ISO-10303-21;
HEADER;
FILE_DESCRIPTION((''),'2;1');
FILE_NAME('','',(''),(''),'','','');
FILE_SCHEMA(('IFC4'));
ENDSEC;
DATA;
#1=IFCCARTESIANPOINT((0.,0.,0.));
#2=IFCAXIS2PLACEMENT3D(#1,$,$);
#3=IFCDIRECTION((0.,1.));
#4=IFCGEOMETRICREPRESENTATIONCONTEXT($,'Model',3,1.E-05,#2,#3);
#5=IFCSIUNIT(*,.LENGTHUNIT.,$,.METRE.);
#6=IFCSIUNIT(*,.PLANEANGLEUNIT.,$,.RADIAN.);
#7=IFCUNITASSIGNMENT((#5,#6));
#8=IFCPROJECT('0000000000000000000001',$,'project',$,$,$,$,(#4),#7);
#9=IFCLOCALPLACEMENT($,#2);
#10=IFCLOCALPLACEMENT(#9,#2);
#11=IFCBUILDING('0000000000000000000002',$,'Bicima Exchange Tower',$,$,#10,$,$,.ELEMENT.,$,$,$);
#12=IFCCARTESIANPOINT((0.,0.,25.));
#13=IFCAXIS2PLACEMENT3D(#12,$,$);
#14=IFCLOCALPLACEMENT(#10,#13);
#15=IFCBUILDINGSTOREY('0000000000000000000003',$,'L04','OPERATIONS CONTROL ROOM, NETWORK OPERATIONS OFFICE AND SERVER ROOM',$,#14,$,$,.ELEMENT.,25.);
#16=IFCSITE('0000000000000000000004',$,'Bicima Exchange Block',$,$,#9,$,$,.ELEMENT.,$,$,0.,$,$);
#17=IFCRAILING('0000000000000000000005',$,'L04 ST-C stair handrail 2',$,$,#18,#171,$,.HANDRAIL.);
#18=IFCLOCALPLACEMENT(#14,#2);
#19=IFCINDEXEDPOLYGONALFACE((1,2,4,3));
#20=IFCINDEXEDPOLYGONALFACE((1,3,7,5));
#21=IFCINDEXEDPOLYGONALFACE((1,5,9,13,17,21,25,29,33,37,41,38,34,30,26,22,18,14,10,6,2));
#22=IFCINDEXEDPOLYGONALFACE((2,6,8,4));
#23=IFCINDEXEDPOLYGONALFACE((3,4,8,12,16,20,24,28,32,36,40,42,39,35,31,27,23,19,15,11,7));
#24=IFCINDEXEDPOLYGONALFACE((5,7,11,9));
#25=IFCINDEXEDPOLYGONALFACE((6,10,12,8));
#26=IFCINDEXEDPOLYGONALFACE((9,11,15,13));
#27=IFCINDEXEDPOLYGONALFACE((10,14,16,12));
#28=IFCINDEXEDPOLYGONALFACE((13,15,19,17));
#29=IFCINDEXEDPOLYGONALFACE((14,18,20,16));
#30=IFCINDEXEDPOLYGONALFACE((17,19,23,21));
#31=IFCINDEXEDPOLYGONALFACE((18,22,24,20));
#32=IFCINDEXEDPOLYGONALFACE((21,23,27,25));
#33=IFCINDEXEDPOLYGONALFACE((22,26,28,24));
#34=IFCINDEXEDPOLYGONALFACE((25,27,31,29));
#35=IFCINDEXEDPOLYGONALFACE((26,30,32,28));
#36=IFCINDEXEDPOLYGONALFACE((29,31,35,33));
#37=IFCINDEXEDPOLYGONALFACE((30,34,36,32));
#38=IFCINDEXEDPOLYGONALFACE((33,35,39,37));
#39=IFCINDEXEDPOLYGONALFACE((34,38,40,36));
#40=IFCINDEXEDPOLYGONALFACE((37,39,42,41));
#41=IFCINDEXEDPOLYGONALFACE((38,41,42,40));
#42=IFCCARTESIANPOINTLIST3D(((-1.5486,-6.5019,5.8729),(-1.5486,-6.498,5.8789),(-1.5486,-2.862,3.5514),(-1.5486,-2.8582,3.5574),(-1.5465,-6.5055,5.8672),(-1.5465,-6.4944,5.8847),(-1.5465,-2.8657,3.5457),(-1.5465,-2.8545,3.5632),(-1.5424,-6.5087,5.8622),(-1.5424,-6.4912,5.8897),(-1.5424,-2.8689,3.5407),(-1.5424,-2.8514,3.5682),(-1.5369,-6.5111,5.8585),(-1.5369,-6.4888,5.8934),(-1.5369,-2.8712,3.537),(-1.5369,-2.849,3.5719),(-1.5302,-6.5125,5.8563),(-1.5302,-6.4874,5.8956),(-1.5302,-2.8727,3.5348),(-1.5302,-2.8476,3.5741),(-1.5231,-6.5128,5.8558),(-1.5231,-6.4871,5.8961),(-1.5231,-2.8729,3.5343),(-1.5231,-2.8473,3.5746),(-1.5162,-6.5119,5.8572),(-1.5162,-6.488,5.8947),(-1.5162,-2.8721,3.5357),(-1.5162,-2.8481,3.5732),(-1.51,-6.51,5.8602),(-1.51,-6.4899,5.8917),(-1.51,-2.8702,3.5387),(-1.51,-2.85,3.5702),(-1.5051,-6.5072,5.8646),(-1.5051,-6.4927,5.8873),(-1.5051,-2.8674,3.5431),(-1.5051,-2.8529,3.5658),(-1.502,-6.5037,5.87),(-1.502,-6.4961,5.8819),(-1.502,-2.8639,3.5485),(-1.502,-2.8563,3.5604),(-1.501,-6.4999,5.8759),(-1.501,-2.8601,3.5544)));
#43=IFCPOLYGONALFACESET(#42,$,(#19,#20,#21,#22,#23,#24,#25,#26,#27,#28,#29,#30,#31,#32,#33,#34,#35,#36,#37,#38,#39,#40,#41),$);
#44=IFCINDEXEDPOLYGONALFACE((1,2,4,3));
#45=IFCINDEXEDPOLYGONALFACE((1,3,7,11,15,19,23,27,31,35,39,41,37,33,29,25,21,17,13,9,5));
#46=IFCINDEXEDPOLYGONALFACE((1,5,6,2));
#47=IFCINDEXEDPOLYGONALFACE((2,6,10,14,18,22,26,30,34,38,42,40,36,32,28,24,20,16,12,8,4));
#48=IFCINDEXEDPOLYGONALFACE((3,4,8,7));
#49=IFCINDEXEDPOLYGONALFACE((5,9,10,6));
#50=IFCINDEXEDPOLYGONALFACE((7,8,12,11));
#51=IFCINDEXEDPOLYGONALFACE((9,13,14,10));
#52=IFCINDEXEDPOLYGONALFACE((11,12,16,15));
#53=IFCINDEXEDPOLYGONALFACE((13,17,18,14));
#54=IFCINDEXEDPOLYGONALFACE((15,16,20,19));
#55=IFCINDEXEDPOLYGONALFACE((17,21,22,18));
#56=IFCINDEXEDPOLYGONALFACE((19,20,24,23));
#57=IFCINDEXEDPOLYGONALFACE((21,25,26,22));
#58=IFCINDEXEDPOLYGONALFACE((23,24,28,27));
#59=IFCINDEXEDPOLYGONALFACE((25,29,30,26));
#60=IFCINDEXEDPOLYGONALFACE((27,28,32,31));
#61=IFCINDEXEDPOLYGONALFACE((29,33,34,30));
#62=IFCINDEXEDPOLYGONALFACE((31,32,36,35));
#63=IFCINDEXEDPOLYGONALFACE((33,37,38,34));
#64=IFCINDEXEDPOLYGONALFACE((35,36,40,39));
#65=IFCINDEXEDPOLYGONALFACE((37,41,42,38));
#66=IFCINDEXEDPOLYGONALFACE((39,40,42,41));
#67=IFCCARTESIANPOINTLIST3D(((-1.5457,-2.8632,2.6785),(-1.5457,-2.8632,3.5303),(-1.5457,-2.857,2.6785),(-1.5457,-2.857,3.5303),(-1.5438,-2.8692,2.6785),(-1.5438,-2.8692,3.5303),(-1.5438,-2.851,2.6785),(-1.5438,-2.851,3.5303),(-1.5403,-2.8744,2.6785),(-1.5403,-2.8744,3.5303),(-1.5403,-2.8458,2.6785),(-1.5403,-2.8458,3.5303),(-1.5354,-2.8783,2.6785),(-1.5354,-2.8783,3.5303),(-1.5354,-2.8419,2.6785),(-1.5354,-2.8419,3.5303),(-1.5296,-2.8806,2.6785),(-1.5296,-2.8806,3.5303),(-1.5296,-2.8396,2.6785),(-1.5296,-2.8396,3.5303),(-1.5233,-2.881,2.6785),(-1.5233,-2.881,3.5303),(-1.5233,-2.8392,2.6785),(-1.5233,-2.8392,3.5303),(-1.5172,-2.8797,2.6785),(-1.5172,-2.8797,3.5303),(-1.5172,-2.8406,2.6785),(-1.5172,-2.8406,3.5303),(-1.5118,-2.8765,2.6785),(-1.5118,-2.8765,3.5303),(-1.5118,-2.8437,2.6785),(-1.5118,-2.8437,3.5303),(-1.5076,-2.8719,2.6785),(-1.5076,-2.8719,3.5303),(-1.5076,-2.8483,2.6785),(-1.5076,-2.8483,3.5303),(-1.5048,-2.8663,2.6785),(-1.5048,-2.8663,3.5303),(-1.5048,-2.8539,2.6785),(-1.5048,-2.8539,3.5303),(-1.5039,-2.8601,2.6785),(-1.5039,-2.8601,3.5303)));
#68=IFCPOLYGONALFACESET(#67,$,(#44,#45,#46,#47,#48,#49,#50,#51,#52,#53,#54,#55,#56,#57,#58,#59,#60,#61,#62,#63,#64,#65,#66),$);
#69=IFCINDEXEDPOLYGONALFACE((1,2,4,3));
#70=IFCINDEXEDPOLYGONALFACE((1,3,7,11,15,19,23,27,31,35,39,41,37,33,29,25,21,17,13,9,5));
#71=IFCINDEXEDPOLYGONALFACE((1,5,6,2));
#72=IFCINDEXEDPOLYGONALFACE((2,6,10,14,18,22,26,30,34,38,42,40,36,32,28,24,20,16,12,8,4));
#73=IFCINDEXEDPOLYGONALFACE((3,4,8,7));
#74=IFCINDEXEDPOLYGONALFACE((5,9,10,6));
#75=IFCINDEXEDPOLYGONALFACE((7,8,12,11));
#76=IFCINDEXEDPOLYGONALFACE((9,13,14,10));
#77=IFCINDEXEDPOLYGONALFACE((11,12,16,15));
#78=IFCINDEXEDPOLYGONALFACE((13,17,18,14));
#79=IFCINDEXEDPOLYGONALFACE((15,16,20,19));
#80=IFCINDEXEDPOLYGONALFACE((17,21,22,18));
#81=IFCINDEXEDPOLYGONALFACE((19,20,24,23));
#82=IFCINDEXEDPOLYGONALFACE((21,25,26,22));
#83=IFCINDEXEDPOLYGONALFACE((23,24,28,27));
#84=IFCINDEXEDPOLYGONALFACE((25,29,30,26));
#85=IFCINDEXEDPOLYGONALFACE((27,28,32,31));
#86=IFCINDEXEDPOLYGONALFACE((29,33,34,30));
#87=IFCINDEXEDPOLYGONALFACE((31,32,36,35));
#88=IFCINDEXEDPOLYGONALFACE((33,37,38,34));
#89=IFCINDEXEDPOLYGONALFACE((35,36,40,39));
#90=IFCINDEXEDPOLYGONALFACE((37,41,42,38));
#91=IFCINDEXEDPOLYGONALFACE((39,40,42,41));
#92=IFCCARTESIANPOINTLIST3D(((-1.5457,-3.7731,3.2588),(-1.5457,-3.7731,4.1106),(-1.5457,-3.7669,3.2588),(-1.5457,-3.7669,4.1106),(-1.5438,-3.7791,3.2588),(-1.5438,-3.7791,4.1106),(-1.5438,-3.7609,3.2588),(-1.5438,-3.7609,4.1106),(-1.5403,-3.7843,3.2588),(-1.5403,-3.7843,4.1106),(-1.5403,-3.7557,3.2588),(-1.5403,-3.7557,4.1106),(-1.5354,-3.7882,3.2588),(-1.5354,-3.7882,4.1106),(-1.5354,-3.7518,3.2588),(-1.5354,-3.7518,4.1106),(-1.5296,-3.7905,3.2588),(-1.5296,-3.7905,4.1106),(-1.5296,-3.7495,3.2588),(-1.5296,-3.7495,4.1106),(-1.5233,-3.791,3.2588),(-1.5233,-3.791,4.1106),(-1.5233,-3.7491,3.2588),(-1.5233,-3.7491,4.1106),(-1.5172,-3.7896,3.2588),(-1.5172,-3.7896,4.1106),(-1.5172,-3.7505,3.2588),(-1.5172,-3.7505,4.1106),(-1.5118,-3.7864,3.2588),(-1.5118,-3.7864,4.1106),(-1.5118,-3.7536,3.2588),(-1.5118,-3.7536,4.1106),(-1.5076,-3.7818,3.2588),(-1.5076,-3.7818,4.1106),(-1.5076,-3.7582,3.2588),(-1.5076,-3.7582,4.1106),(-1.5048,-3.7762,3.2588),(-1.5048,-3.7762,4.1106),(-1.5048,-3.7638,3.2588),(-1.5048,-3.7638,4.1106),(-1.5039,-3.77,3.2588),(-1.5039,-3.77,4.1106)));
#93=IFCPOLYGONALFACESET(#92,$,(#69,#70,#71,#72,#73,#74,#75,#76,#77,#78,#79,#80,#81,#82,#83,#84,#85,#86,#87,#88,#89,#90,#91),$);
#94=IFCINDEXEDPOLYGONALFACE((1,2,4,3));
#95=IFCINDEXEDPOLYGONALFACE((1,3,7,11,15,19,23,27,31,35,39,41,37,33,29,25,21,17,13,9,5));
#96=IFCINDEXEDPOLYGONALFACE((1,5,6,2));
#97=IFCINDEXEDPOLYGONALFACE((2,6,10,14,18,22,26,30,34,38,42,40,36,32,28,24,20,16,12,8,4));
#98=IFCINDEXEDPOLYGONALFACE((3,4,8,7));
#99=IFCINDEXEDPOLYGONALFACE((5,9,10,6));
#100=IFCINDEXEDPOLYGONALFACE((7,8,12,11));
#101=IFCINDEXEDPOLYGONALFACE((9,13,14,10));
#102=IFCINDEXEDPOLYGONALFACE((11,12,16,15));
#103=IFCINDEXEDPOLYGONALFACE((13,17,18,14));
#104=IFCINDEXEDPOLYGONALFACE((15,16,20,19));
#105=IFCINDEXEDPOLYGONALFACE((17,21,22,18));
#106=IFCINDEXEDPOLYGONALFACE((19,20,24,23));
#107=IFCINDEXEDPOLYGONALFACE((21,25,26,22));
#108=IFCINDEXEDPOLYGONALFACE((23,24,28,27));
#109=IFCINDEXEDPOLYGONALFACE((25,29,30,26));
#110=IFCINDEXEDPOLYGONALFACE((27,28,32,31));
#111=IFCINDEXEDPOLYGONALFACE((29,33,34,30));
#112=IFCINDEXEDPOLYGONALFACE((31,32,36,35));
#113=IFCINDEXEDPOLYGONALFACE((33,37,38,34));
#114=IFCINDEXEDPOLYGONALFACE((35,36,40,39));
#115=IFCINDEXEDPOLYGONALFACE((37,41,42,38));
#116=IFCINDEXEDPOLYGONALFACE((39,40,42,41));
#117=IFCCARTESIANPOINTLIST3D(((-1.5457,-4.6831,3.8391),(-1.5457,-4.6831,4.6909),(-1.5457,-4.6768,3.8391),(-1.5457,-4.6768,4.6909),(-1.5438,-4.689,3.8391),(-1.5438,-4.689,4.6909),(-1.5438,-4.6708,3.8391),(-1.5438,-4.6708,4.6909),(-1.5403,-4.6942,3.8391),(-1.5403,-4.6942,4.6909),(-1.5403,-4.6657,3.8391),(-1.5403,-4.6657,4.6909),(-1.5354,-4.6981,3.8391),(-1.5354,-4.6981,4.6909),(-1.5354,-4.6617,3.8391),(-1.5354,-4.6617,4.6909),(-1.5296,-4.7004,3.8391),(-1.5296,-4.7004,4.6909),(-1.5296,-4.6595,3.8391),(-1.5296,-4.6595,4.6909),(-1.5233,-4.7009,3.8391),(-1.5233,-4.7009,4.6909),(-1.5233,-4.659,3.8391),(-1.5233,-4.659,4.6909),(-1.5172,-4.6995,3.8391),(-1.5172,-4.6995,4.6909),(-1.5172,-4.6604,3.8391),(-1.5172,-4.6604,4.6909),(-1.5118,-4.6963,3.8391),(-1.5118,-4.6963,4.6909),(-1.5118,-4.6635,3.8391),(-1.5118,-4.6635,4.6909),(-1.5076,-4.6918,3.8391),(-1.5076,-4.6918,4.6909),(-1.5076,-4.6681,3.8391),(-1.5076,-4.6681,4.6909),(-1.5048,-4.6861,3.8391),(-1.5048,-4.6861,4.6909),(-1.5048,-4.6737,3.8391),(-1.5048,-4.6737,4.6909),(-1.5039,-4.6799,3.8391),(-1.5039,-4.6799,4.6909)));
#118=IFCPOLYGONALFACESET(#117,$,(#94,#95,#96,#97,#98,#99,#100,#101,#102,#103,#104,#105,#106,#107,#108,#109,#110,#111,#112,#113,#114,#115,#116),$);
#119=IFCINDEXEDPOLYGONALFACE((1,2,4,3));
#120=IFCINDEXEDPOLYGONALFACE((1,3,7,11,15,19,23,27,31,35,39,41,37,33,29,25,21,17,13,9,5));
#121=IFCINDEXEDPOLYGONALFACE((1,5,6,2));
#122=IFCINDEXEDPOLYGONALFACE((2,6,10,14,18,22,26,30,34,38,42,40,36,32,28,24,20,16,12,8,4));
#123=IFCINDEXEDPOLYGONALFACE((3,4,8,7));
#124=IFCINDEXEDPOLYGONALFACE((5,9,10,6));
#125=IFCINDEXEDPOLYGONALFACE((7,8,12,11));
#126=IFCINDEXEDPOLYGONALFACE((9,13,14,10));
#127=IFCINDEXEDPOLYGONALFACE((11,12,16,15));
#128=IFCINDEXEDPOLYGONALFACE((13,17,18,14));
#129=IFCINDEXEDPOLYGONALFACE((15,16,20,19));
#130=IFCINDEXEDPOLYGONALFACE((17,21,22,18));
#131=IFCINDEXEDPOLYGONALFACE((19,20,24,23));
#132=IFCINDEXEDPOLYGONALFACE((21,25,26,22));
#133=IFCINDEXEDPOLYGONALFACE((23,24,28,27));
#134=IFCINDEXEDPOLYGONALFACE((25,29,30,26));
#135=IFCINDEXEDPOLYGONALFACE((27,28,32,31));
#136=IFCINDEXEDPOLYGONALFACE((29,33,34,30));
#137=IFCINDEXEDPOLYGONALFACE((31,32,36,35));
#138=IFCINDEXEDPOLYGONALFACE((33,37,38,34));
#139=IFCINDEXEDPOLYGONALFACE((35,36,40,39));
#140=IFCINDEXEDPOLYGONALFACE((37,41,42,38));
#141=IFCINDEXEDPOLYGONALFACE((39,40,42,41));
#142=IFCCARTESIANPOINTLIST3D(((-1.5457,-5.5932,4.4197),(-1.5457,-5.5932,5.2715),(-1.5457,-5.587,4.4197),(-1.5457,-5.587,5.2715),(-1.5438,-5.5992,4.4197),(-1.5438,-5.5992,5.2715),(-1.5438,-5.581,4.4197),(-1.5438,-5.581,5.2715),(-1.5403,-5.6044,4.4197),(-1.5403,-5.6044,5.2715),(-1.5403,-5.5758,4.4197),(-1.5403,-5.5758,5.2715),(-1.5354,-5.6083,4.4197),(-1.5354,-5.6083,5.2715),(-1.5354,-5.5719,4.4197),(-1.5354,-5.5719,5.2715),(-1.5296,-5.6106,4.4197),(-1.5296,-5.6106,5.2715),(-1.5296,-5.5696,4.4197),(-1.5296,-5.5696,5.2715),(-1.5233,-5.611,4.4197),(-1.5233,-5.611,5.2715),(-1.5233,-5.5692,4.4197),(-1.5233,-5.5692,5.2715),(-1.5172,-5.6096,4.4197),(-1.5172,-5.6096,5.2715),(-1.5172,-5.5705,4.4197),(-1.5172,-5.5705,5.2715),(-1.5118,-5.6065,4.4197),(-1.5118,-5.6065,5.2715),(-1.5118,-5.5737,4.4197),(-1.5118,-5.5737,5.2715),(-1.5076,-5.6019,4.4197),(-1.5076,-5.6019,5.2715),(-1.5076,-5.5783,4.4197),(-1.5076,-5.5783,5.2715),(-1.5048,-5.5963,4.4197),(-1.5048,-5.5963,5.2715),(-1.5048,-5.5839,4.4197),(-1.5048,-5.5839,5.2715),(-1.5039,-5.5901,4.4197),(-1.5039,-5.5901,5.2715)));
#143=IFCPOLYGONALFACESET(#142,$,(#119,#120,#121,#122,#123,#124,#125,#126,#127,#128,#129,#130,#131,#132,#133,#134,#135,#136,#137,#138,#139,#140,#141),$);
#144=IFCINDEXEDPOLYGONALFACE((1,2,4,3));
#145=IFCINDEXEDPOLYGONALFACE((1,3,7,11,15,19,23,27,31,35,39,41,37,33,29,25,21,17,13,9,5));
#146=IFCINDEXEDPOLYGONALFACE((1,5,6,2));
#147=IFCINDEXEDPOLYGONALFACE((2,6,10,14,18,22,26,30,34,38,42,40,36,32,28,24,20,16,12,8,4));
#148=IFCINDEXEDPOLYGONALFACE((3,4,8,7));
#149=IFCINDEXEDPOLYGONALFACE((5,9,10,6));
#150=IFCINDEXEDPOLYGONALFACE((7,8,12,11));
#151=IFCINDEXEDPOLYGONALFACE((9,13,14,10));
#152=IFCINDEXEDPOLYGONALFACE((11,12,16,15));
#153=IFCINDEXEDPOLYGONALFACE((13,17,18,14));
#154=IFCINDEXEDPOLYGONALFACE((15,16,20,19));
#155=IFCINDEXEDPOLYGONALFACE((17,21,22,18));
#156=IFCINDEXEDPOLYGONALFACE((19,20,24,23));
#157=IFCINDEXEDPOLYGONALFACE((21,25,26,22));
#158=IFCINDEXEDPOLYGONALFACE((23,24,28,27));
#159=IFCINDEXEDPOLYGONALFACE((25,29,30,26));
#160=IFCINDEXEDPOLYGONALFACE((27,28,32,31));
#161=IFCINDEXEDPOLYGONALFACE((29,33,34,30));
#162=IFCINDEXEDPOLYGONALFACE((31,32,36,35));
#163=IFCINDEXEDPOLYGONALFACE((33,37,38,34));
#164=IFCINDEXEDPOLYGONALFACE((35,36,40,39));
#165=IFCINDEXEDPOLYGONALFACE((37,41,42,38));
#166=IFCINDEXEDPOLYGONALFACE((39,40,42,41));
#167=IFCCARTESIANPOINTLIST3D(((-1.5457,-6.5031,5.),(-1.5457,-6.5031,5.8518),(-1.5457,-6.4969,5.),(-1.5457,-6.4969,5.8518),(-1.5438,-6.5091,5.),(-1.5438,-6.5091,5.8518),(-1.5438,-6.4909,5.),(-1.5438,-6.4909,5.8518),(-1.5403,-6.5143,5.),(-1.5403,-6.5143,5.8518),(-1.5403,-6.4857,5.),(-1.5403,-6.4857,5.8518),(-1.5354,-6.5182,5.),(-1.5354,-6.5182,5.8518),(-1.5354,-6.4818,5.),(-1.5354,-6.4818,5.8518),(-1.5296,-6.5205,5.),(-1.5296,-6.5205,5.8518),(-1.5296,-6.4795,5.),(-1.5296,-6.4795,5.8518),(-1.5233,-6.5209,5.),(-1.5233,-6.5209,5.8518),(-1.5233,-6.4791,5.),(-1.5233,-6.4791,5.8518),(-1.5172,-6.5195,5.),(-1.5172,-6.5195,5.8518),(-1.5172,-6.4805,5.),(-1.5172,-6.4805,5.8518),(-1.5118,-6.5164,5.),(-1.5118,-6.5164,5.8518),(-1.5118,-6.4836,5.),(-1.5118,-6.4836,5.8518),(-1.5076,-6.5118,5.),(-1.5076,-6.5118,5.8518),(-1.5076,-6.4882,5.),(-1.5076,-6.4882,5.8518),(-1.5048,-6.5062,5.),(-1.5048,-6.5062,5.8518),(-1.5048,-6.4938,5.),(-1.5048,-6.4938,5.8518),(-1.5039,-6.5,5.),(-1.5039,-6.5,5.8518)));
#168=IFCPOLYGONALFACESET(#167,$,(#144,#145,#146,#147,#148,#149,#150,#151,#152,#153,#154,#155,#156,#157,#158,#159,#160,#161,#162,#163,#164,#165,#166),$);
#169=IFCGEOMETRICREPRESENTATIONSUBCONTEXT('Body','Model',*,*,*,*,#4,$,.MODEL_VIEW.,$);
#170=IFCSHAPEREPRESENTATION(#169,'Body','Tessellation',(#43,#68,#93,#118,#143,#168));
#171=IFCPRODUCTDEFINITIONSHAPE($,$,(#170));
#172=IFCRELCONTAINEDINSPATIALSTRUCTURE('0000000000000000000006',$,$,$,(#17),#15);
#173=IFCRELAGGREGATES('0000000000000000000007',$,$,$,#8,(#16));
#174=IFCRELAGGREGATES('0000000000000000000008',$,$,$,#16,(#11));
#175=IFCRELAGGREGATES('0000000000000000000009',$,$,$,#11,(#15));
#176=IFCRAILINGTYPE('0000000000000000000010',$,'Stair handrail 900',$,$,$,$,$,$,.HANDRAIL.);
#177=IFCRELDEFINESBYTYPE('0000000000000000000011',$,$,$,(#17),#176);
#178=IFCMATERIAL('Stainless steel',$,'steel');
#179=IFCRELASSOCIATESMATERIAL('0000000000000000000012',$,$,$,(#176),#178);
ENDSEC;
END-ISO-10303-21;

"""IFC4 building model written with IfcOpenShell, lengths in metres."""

from ifc_helpers import new_model, si_unit, direction, frame, origin, origin_2d, place, context, subcontext, project, spatial, circle, extrude, material, type_object, element, save


model = new_model("IFC4")

# Units and contexts
model_context = context("Model", 3, precision=1e-05, world=origin(), true_north=direction((0.0, 1.0)))
body_context = subcontext(model_context, "Body", "Model", "MODEL_VIEW")
ifc_project = project(units=[si_unit("LENGTHUNIT", "METRE"), si_unit("PLANEANGLEUNIT", "RADIAN")], contexts=[model_context])

# Site, building, storey
site_placement = place(None, origin())
site = spatial("IfcSite", under=ifc_project, at=site_placement, Name="Bicima Exchange Block", CompositionType="ELEMENT", RefElevation=0.0)
building_placement = place(site_placement, origin())
building = spatial("IfcBuilding", under=site, at=building_placement, Name="Bicima Exchange Tower", CompositionType="ELEMENT")
storey_placement = place(building_placement, frame((0.0, 0.0, 25.0)))
storey = spatial("IfcBuildingStorey", under=building, at=storey_placement, Name="L04", Description="OPERATIONS CONTROL ROOM, NETWORK OPERATIONS OFFICE AND SERVER ROOM", CompositionType="ELEMENT", Elevation=25.0)

# Railing
ifc_material_1 = material(Name="Stainless steel", Category="steel")
railing_type = type_object("IfcRailingType", Name="Stair handrail 900", PredefinedType="HANDRAIL", material=ifc_material_1)
railing_1_placement = place(storey_placement, frame((-1.5249, -2.8601, 2.6785)))
element("IfcRailing", 1, at=railing_1_placement, inside=storey, type_object=railing_type, Name="L04 ST-C stair handrail 2", PredefinedType="HANDRAIL", context=body_context, shape_type="SweptSolid", body=[
    extrude(circle(Radius=0.0239, at=origin_2d()), frame((0.0, 0.0, 0.876), z_axis=(0.0, -0.843112, 0.537739), x_axis=(1.0, 0.0, 0.0)), (0.0, 0.0, 1.0), 4.3171),
    extrude(circle(Radius=0.021, at=origin_2d()), origin(), (0.0, 0.0, 1.0), 0.8518),
    extrude(circle(Radius=0.021, at=origin_2d()), frame((0.0, -0.9099, 0.5803)), (0.0, 0.0, 1.0), 0.8518),
    extrude(circle(Radius=0.021, at=origin_2d()), frame((0.0, -1.8198, 1.1606)), (0.0, 0.0, 1.0), 0.8518),
    extrude(circle(Radius=0.021, at=origin_2d()), frame((0.0, -2.73, 1.7412)), (0.0, 0.0, 1.0), 0.8518),
    extrude(circle(Radius=0.021, at=origin_2d()), frame((0.0, -3.6399, 2.3215)), (0.0, 0.0, 1.0), 0.8518),
])

save(model, "model.ifc")
